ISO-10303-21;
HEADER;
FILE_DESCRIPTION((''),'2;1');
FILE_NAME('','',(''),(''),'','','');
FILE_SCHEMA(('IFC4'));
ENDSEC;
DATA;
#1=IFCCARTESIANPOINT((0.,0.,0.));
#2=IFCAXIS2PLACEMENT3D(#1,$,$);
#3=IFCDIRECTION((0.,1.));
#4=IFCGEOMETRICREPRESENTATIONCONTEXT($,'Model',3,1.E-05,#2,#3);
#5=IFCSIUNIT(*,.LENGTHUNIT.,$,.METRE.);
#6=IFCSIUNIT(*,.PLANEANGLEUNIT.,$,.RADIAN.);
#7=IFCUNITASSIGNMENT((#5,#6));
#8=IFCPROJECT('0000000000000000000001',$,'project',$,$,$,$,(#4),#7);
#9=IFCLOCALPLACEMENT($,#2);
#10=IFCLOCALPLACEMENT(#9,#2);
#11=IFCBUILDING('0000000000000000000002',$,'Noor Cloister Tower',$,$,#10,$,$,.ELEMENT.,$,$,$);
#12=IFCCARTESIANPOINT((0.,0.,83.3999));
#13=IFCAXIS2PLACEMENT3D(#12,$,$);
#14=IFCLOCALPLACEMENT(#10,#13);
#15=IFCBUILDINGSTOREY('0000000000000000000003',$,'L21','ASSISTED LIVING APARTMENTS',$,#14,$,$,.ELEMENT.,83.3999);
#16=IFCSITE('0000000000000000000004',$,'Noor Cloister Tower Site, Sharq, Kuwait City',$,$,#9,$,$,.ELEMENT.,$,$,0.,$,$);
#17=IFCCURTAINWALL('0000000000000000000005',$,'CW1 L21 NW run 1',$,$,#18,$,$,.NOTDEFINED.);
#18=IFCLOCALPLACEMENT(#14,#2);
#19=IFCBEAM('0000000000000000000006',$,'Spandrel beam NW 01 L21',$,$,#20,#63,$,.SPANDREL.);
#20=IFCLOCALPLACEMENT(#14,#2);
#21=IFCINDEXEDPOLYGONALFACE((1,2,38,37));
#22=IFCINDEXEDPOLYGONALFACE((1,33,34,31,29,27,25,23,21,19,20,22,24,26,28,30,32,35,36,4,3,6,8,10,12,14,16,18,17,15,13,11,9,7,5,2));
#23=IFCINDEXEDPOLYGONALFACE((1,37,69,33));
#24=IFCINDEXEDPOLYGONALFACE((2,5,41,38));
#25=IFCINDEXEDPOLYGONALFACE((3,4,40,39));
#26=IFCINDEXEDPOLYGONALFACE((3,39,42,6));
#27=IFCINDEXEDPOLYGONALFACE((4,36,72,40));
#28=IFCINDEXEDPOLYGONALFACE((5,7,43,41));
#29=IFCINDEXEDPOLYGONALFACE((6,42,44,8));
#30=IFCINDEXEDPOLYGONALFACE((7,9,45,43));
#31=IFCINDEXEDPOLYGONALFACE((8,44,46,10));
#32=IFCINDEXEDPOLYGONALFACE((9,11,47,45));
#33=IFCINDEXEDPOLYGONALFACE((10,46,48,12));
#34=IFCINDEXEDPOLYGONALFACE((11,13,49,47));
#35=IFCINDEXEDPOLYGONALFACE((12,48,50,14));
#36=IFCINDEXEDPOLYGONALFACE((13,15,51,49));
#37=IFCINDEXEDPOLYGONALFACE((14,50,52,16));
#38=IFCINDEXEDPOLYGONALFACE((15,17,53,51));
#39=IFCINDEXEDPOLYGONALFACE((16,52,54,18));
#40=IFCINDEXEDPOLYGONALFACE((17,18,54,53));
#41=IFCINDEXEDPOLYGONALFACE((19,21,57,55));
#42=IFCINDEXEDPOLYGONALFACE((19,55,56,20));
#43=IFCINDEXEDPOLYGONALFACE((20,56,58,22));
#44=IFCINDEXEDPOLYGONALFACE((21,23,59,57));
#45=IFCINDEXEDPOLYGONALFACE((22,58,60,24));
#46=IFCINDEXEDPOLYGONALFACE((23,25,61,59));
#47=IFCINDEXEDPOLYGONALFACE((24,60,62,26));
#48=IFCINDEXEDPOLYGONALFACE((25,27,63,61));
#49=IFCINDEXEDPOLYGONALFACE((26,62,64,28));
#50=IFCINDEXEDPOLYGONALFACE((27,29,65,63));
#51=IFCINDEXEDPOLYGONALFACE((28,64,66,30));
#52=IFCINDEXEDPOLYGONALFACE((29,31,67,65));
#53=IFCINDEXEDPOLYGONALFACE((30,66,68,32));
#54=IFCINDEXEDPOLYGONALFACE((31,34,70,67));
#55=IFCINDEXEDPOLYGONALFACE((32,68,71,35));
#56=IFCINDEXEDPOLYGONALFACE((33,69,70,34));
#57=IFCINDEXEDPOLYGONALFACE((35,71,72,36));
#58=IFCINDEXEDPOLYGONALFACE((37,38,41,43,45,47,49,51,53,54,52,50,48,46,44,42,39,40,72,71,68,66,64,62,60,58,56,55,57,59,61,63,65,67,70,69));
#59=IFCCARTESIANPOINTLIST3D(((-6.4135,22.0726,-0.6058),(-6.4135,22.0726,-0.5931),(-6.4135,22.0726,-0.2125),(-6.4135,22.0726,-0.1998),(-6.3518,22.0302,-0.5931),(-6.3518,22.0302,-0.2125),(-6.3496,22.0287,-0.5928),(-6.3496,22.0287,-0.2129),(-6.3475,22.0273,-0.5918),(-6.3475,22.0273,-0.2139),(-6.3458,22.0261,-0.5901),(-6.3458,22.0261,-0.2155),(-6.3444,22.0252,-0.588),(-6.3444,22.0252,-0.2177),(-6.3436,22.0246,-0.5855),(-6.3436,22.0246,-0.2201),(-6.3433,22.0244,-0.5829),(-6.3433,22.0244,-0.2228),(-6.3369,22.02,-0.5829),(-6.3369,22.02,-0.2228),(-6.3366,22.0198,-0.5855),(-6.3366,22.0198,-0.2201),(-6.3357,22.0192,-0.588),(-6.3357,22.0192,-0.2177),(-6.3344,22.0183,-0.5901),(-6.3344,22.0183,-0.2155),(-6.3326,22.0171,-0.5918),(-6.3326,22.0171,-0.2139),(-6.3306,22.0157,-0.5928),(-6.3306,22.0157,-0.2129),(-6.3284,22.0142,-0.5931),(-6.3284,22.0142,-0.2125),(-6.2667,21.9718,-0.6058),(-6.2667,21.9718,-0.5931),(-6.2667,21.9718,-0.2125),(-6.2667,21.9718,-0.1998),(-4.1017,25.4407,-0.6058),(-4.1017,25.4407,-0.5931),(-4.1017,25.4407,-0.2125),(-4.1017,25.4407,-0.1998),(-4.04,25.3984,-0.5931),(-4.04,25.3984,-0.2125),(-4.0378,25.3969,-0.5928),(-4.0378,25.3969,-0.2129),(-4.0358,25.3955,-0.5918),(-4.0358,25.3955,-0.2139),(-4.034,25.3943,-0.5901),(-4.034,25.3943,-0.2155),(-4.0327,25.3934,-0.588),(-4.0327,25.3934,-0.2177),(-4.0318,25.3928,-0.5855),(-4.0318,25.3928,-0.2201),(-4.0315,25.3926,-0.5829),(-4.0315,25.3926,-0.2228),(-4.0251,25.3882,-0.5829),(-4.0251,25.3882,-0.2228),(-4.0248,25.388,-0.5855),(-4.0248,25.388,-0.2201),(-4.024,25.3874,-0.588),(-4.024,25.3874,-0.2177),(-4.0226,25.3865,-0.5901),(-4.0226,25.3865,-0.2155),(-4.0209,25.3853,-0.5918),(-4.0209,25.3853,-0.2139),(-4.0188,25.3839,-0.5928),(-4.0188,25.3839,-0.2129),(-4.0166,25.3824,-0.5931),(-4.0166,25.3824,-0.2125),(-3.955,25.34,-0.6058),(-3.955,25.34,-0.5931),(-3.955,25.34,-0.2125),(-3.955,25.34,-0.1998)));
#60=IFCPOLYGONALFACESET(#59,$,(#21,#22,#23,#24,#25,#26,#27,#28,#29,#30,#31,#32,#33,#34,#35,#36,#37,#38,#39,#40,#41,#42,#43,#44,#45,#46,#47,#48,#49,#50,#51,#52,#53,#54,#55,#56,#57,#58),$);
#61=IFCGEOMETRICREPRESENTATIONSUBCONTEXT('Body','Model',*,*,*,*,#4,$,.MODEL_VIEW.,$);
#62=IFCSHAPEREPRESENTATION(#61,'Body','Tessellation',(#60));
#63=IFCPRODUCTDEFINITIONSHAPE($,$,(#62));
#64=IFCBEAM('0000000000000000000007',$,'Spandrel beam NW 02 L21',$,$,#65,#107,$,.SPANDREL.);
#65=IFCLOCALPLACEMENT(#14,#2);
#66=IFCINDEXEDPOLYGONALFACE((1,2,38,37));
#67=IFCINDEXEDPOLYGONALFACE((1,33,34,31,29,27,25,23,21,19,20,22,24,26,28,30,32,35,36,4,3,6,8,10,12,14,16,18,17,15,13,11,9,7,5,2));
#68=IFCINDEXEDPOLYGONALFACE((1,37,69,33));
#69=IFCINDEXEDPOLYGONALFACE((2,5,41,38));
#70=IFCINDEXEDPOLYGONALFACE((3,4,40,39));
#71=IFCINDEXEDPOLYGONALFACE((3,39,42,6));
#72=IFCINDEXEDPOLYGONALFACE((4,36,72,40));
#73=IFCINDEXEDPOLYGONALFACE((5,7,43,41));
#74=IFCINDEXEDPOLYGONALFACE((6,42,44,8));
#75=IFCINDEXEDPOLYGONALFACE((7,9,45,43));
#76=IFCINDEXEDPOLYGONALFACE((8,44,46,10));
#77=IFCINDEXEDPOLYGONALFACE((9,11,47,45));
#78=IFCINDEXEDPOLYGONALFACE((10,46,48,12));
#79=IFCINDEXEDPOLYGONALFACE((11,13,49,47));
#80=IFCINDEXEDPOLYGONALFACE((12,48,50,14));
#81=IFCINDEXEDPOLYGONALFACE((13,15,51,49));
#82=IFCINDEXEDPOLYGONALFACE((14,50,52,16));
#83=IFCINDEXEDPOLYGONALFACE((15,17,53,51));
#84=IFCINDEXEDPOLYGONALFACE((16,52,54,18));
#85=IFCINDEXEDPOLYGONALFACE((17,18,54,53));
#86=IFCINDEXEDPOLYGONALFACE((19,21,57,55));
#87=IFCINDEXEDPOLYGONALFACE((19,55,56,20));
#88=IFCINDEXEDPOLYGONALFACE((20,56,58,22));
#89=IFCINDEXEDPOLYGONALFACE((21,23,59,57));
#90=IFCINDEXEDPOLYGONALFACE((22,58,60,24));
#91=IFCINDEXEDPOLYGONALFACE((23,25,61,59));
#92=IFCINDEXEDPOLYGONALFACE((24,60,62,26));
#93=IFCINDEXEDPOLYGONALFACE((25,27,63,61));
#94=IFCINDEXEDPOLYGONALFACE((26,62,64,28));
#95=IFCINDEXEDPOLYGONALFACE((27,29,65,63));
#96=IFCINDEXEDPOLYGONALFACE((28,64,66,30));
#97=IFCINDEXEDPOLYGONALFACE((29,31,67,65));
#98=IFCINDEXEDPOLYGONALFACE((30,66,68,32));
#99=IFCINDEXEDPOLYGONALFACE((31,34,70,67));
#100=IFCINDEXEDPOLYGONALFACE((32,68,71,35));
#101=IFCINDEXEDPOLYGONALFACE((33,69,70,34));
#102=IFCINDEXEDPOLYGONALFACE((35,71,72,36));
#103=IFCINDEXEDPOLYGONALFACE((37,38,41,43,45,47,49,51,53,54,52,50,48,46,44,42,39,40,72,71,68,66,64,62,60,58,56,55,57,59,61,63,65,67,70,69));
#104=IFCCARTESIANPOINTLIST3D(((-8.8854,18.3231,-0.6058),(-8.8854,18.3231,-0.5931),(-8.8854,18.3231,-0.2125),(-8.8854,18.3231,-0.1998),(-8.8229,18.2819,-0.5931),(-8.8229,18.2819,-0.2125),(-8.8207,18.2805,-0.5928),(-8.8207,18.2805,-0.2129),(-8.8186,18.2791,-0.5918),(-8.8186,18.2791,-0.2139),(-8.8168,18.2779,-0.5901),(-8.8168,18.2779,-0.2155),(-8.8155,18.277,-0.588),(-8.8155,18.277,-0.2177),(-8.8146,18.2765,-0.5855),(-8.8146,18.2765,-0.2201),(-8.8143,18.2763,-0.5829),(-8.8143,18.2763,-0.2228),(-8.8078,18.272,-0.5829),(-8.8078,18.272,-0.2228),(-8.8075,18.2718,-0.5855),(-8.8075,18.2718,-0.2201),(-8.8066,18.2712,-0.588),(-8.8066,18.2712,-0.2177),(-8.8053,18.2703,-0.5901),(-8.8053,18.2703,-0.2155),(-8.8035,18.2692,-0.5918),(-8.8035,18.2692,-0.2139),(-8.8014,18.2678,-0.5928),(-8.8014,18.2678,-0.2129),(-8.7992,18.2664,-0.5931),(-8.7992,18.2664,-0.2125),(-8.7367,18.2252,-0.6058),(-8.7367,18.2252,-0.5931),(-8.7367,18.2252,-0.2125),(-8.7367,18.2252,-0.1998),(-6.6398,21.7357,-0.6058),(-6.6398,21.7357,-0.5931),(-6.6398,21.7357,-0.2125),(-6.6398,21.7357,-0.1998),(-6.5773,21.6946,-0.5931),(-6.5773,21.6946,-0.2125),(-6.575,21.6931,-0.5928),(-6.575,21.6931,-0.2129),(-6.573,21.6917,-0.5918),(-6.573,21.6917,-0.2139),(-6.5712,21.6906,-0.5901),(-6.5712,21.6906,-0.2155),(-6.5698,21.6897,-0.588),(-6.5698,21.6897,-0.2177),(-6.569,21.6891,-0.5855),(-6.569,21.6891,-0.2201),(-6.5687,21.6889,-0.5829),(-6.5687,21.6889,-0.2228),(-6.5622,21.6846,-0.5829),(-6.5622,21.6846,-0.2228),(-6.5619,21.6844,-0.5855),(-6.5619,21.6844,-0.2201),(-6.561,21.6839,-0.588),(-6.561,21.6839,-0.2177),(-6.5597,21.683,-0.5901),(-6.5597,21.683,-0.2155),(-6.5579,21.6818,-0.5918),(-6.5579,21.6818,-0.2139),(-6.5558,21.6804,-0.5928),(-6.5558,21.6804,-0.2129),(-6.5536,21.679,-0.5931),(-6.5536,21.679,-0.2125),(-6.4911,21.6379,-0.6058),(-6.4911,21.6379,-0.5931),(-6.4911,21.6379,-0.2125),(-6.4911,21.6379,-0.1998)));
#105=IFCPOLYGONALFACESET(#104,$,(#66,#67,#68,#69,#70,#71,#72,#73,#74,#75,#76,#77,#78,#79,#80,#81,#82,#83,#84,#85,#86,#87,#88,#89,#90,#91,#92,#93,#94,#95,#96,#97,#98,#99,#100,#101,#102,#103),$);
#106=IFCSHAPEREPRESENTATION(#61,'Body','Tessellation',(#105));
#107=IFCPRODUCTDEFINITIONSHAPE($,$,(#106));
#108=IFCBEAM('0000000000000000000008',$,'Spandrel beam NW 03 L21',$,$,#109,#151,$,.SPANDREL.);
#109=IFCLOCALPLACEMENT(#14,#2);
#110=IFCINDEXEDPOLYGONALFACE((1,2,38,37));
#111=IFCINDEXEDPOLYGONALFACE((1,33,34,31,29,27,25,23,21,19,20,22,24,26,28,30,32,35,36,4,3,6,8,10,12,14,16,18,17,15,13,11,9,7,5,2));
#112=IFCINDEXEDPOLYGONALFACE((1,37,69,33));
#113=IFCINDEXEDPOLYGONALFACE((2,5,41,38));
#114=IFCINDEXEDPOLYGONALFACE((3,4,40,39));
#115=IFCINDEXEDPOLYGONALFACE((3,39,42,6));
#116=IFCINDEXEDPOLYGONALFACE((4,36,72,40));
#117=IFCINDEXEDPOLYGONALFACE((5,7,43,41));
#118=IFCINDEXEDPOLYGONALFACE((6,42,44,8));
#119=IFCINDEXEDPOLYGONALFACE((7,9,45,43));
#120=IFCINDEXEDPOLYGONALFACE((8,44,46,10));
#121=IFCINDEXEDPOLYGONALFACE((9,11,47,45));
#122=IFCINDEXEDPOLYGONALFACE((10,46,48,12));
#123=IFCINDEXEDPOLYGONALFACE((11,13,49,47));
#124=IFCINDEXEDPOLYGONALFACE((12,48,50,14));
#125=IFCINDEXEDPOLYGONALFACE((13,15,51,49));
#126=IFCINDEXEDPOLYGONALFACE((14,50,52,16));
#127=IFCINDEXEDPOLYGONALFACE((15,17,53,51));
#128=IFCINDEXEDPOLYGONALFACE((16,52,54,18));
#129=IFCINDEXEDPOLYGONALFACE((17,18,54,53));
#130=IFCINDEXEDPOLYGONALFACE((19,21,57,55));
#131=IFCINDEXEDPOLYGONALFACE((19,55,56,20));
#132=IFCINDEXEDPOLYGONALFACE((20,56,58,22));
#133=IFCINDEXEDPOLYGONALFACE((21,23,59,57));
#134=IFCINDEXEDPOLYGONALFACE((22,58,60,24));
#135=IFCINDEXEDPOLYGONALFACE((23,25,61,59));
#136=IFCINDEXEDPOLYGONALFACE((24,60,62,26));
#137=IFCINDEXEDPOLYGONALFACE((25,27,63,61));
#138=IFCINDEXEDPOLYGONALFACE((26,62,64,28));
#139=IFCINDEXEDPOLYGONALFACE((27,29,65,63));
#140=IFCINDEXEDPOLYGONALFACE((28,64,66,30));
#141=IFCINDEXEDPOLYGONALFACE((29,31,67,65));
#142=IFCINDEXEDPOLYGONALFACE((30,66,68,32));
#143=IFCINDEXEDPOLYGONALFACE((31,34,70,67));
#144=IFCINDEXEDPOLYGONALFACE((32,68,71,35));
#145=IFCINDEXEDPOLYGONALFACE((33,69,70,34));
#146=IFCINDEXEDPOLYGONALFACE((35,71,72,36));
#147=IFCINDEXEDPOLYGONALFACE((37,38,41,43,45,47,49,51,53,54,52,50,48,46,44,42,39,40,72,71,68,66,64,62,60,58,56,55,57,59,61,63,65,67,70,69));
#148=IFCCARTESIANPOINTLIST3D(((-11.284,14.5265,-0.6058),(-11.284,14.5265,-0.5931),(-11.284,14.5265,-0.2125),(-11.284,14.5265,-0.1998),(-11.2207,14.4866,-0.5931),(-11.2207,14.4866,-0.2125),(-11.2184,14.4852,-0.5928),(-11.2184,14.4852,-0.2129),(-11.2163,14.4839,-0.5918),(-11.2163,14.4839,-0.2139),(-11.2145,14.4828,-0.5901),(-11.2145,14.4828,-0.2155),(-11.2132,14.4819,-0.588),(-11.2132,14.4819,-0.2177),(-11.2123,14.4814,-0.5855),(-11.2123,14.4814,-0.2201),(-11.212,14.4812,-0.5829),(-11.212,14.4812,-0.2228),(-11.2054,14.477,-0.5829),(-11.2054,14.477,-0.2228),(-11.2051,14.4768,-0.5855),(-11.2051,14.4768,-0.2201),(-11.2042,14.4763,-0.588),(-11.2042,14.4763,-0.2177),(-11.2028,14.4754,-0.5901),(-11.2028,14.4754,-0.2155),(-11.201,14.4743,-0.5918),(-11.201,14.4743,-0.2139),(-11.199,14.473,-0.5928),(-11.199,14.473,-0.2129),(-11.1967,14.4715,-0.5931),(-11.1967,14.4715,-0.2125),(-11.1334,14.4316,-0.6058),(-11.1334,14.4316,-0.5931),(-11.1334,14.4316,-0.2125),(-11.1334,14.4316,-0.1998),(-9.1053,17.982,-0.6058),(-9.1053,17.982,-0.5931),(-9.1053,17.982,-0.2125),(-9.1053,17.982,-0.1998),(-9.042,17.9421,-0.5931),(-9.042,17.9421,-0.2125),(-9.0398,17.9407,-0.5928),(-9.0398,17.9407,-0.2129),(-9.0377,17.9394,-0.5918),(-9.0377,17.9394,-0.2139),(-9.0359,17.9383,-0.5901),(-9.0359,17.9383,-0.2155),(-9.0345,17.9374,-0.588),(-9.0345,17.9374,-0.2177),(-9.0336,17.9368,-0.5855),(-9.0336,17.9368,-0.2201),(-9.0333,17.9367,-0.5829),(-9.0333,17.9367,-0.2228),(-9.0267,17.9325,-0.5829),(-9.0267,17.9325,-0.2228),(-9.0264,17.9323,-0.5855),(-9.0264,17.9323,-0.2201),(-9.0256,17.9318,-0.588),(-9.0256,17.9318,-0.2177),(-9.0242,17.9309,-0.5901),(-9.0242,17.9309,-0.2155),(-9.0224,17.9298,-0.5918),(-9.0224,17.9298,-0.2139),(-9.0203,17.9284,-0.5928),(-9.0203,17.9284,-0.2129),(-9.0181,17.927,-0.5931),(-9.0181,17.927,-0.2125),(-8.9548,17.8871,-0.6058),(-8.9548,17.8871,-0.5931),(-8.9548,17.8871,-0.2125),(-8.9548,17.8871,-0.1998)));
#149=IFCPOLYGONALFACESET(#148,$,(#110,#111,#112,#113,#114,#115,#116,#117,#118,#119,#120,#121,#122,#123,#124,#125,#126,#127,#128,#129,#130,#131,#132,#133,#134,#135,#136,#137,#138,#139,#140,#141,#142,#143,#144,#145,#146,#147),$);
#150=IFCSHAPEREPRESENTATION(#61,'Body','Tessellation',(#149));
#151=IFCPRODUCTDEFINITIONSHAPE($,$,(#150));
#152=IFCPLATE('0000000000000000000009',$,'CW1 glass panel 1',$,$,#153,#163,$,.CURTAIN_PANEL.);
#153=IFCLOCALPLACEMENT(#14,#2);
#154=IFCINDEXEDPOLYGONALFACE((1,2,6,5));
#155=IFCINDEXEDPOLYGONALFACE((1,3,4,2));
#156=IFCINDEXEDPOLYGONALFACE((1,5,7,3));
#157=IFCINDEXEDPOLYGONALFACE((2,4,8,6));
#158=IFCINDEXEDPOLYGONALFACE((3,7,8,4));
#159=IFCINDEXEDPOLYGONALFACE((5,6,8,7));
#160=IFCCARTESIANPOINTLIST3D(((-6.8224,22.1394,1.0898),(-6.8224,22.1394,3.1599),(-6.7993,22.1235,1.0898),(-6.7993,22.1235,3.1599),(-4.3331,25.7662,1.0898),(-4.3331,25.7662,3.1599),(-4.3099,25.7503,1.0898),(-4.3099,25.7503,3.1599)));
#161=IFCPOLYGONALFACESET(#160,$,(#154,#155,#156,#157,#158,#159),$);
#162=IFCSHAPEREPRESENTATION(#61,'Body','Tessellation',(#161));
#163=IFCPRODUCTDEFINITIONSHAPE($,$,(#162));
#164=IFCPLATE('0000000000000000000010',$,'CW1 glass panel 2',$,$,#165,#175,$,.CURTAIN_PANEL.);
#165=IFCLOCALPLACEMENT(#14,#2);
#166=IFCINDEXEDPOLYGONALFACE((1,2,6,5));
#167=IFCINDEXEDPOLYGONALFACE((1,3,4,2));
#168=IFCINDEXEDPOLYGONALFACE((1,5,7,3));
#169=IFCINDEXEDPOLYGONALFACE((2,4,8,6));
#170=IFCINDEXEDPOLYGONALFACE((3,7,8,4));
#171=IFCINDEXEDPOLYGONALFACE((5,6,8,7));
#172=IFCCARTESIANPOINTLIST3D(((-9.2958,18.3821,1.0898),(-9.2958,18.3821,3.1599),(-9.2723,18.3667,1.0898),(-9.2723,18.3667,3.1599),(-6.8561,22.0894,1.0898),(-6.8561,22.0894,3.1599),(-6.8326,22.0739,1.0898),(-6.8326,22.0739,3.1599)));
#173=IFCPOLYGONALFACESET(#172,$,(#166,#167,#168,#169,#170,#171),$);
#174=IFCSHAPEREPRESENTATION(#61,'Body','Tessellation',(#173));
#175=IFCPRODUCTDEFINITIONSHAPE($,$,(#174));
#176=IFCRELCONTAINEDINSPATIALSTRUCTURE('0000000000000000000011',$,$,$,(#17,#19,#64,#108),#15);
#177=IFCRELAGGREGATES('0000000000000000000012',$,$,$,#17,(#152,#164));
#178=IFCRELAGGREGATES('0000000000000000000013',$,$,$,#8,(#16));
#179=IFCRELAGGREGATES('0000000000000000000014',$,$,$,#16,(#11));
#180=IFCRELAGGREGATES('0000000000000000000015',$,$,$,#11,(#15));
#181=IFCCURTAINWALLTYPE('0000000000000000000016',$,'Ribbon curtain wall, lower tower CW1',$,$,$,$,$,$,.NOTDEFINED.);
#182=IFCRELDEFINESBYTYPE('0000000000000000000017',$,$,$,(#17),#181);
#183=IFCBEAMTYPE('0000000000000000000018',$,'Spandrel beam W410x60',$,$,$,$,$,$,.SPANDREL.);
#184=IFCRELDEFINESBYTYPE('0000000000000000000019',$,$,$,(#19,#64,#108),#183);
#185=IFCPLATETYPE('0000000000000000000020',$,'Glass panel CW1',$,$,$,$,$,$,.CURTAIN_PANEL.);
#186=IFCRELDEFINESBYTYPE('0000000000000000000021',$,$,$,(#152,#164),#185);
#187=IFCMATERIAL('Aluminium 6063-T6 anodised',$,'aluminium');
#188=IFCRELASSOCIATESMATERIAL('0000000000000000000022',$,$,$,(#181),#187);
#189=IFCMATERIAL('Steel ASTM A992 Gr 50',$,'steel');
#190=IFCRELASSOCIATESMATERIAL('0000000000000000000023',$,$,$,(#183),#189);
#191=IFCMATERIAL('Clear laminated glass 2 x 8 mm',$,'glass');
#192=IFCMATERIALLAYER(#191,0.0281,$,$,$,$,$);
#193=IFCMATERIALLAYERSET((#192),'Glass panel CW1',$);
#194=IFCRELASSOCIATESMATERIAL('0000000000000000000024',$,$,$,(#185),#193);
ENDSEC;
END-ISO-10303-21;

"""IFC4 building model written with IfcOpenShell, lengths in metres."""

from ifc_helpers import new_model, si_unit, direction, frame, origin, origin_2d, place, context, subcontext, project, spatial, rectangle, i_section, extrude, material, layer, layer_set, material_profile, profile_set, type_object, element, aggregate, save


model = new_model("IFC4")

# Units and contexts
model_context = context("Model", 3, precision=1e-05, world=origin(), true_north=direction((0.0, 1.0)))
body_context = subcontext(model_context, "Body", "Model", "MODEL_VIEW")
ifc_project = project(units=[si_unit("LENGTHUNIT", "METRE"), si_unit("PLANEANGLEUNIT", "RADIAN")], contexts=[model_context])

# Site, building, storey
site_placement = place(None, origin())
site = spatial("IfcSite", under=ifc_project, at=site_placement, Name="Noor Cloister Tower Site, Sharq, Kuwait City", CompositionType="ELEMENT", RefElevation=0.0)
building_placement = place(site_placement, origin())
building = spatial("IfcBuilding", under=site, at=building_placement, Name="Noor Cloister Tower", CompositionType="ELEMENT")
storey_placement = place(building_placement, frame((0.0, 0.0, 83.3999)))
storey = spatial("IfcBuildingStorey", under=building, at=storey_placement, Name="L21", Description="ASSISTED LIVING APARTMENTS", CompositionType="ELEMENT", Elevation=83.3999)

# Curtain wall
ifc_material_1 = material(Name="Aluminium 6063-T6 anodised", Category="aluminium")
curtain_wall_type = type_object("IfcCurtainWallType", Name="Ribbon curtain wall, lower tower CW1", PredefinedType="NOTDEFINED", material=ifc_material_1)
curtain_wall_placement = place(storey_placement, origin())
curtain_wall = element("IfcCurtainWall", 1, at=curtain_wall_placement, inside=storey, type_object=curtain_wall_type, Name="CW1 L21 NW run 1", PredefinedType="NOTDEFINED")

# Beams
ifc_material_2 = material(Name="Steel ASTM A992 Gr 50", Category="steel")
ifc_material_profile_1 = material_profile(ifc_material_2, i_section(OverallWidth=0.178, OverallDepth=0.406, WebThickness=0.0078, FlangeThickness=0.0127, FilletRadius=0.0103, at=origin_2d()), Name="W410x60")
ifc_profile_set_1 = profile_set([ifc_material_profile_1], Name="Steel ASTM A992 Gr 50")
beam_type_1 = type_object("IfcBeamType", Name="Spandrel beam W410x60", PredefinedType="SPANDREL", material=ifc_profile_set_1)
for number, where, z_axis, x_axis, name in (
    (2, (-4.0283, 25.3904, -0.4028), (-0.565889, -0.824481, 0.0), (0.824481, -0.565889, 0.0), "Spandrel beam NW 01 L21"),
    (3, (-6.5654, 21.6868, -0.4028), (-0.549698, -0.835364, 0.0), (0.835364, -0.549698, 0.0), "Spandrel beam NW 02 L21"),
):
    element("IfcBeam", number, at=place(storey_placement, frame(where, z_axis=z_axis, x_axis=x_axis)), inside=storey, type_object=beam_type_1, Name=name, PredefinedType="SPANDREL", context=body_context, shape_type="SweptSolid", body=[
        extrude(i_section(OverallWidth=0.178, OverallDepth=0.406, WebThickness=0.0078, FlangeThickness=0.0127, FilletRadius=0.0103, at=origin_2d()), origin(), (0.0, 0.0, 1.0), 4.0852),
    ])
beam_1_placement = place(storey_placement, frame((-9.03, 17.9346, -0.4028), z_axis=(-0.533336, -0.845903, 0.0), x_axis=(0.845903, -0.533336, 0.0)))
element("IfcBeam", 4, at=beam_1_placement, inside=storey, type_object=beam_type_1, Name="Spandrel beam NW 03 L21", PredefinedType="SPANDREL", context=body_context, shape_type="SweptSolid", body=[
    extrude(i_section(OverallWidth=0.178, OverallDepth=0.406, WebThickness=0.0078, FlangeThickness=0.0127, FilletRadius=0.0103, at=origin_2d()), origin(), (0.0, 0.0, 1.0), 4.085),
])

# Plates
ifc_material_3 = material(Name="Clear laminated glass 2 x 8 mm", Category="glass")
ifc_layer = layer(ifc_material_3, 0.0281)
ifc_layer_set = layer_set([ifc_layer], Name="Glass panel CW1")
plate_type = type_object("IfcPlateType", Name="Glass panel CW1", PredefinedType="CURTAIN_PANEL", material=ifc_layer_set)
plate_1_placement = place(storey_placement, frame((-5.5662, 23.9448, 1.0898), z_axis=(0.0, 0.0, 1.0), x_axis=(-0.565895, -0.824477, 0.0)))
plate_1 = element("IfcPlate", 5, at=plate_1_placement, type_object=plate_type, Name="CW1 glass panel 1", PredefinedType="CURTAIN_PANEL", context=body_context, shape_type="SweptSolid", body=[
    extrude(rectangle(XDim=4.3989, YDim=0.0281, at=origin_2d()), origin(), (0.0, 0.0, 1.0), 2.0701),
])
plate_2_placement = place(storey_placement, frame((-8.0642, 20.228, 1.0898), z_axis=(0.0, 0.0, 1.0), x_axis=(-0.549728, -0.835344, 0.0)))
plate_2 = element("IfcPlate", 6, at=plate_2_placement, type_object=plate_type, Name="CW1 glass panel 2", PredefinedType="CURTAIN_PANEL", context=body_context, shape_type="SweptSolid", body=[
    extrude(rectangle(XDim=4.438, YDim=0.0281, at=origin_2d()), origin(), (0.0, 0.0, 1.0), 2.0701),
])
aggregate(curtain_wall, [plate_1, plate_2])

save(model, "model.ifc")
